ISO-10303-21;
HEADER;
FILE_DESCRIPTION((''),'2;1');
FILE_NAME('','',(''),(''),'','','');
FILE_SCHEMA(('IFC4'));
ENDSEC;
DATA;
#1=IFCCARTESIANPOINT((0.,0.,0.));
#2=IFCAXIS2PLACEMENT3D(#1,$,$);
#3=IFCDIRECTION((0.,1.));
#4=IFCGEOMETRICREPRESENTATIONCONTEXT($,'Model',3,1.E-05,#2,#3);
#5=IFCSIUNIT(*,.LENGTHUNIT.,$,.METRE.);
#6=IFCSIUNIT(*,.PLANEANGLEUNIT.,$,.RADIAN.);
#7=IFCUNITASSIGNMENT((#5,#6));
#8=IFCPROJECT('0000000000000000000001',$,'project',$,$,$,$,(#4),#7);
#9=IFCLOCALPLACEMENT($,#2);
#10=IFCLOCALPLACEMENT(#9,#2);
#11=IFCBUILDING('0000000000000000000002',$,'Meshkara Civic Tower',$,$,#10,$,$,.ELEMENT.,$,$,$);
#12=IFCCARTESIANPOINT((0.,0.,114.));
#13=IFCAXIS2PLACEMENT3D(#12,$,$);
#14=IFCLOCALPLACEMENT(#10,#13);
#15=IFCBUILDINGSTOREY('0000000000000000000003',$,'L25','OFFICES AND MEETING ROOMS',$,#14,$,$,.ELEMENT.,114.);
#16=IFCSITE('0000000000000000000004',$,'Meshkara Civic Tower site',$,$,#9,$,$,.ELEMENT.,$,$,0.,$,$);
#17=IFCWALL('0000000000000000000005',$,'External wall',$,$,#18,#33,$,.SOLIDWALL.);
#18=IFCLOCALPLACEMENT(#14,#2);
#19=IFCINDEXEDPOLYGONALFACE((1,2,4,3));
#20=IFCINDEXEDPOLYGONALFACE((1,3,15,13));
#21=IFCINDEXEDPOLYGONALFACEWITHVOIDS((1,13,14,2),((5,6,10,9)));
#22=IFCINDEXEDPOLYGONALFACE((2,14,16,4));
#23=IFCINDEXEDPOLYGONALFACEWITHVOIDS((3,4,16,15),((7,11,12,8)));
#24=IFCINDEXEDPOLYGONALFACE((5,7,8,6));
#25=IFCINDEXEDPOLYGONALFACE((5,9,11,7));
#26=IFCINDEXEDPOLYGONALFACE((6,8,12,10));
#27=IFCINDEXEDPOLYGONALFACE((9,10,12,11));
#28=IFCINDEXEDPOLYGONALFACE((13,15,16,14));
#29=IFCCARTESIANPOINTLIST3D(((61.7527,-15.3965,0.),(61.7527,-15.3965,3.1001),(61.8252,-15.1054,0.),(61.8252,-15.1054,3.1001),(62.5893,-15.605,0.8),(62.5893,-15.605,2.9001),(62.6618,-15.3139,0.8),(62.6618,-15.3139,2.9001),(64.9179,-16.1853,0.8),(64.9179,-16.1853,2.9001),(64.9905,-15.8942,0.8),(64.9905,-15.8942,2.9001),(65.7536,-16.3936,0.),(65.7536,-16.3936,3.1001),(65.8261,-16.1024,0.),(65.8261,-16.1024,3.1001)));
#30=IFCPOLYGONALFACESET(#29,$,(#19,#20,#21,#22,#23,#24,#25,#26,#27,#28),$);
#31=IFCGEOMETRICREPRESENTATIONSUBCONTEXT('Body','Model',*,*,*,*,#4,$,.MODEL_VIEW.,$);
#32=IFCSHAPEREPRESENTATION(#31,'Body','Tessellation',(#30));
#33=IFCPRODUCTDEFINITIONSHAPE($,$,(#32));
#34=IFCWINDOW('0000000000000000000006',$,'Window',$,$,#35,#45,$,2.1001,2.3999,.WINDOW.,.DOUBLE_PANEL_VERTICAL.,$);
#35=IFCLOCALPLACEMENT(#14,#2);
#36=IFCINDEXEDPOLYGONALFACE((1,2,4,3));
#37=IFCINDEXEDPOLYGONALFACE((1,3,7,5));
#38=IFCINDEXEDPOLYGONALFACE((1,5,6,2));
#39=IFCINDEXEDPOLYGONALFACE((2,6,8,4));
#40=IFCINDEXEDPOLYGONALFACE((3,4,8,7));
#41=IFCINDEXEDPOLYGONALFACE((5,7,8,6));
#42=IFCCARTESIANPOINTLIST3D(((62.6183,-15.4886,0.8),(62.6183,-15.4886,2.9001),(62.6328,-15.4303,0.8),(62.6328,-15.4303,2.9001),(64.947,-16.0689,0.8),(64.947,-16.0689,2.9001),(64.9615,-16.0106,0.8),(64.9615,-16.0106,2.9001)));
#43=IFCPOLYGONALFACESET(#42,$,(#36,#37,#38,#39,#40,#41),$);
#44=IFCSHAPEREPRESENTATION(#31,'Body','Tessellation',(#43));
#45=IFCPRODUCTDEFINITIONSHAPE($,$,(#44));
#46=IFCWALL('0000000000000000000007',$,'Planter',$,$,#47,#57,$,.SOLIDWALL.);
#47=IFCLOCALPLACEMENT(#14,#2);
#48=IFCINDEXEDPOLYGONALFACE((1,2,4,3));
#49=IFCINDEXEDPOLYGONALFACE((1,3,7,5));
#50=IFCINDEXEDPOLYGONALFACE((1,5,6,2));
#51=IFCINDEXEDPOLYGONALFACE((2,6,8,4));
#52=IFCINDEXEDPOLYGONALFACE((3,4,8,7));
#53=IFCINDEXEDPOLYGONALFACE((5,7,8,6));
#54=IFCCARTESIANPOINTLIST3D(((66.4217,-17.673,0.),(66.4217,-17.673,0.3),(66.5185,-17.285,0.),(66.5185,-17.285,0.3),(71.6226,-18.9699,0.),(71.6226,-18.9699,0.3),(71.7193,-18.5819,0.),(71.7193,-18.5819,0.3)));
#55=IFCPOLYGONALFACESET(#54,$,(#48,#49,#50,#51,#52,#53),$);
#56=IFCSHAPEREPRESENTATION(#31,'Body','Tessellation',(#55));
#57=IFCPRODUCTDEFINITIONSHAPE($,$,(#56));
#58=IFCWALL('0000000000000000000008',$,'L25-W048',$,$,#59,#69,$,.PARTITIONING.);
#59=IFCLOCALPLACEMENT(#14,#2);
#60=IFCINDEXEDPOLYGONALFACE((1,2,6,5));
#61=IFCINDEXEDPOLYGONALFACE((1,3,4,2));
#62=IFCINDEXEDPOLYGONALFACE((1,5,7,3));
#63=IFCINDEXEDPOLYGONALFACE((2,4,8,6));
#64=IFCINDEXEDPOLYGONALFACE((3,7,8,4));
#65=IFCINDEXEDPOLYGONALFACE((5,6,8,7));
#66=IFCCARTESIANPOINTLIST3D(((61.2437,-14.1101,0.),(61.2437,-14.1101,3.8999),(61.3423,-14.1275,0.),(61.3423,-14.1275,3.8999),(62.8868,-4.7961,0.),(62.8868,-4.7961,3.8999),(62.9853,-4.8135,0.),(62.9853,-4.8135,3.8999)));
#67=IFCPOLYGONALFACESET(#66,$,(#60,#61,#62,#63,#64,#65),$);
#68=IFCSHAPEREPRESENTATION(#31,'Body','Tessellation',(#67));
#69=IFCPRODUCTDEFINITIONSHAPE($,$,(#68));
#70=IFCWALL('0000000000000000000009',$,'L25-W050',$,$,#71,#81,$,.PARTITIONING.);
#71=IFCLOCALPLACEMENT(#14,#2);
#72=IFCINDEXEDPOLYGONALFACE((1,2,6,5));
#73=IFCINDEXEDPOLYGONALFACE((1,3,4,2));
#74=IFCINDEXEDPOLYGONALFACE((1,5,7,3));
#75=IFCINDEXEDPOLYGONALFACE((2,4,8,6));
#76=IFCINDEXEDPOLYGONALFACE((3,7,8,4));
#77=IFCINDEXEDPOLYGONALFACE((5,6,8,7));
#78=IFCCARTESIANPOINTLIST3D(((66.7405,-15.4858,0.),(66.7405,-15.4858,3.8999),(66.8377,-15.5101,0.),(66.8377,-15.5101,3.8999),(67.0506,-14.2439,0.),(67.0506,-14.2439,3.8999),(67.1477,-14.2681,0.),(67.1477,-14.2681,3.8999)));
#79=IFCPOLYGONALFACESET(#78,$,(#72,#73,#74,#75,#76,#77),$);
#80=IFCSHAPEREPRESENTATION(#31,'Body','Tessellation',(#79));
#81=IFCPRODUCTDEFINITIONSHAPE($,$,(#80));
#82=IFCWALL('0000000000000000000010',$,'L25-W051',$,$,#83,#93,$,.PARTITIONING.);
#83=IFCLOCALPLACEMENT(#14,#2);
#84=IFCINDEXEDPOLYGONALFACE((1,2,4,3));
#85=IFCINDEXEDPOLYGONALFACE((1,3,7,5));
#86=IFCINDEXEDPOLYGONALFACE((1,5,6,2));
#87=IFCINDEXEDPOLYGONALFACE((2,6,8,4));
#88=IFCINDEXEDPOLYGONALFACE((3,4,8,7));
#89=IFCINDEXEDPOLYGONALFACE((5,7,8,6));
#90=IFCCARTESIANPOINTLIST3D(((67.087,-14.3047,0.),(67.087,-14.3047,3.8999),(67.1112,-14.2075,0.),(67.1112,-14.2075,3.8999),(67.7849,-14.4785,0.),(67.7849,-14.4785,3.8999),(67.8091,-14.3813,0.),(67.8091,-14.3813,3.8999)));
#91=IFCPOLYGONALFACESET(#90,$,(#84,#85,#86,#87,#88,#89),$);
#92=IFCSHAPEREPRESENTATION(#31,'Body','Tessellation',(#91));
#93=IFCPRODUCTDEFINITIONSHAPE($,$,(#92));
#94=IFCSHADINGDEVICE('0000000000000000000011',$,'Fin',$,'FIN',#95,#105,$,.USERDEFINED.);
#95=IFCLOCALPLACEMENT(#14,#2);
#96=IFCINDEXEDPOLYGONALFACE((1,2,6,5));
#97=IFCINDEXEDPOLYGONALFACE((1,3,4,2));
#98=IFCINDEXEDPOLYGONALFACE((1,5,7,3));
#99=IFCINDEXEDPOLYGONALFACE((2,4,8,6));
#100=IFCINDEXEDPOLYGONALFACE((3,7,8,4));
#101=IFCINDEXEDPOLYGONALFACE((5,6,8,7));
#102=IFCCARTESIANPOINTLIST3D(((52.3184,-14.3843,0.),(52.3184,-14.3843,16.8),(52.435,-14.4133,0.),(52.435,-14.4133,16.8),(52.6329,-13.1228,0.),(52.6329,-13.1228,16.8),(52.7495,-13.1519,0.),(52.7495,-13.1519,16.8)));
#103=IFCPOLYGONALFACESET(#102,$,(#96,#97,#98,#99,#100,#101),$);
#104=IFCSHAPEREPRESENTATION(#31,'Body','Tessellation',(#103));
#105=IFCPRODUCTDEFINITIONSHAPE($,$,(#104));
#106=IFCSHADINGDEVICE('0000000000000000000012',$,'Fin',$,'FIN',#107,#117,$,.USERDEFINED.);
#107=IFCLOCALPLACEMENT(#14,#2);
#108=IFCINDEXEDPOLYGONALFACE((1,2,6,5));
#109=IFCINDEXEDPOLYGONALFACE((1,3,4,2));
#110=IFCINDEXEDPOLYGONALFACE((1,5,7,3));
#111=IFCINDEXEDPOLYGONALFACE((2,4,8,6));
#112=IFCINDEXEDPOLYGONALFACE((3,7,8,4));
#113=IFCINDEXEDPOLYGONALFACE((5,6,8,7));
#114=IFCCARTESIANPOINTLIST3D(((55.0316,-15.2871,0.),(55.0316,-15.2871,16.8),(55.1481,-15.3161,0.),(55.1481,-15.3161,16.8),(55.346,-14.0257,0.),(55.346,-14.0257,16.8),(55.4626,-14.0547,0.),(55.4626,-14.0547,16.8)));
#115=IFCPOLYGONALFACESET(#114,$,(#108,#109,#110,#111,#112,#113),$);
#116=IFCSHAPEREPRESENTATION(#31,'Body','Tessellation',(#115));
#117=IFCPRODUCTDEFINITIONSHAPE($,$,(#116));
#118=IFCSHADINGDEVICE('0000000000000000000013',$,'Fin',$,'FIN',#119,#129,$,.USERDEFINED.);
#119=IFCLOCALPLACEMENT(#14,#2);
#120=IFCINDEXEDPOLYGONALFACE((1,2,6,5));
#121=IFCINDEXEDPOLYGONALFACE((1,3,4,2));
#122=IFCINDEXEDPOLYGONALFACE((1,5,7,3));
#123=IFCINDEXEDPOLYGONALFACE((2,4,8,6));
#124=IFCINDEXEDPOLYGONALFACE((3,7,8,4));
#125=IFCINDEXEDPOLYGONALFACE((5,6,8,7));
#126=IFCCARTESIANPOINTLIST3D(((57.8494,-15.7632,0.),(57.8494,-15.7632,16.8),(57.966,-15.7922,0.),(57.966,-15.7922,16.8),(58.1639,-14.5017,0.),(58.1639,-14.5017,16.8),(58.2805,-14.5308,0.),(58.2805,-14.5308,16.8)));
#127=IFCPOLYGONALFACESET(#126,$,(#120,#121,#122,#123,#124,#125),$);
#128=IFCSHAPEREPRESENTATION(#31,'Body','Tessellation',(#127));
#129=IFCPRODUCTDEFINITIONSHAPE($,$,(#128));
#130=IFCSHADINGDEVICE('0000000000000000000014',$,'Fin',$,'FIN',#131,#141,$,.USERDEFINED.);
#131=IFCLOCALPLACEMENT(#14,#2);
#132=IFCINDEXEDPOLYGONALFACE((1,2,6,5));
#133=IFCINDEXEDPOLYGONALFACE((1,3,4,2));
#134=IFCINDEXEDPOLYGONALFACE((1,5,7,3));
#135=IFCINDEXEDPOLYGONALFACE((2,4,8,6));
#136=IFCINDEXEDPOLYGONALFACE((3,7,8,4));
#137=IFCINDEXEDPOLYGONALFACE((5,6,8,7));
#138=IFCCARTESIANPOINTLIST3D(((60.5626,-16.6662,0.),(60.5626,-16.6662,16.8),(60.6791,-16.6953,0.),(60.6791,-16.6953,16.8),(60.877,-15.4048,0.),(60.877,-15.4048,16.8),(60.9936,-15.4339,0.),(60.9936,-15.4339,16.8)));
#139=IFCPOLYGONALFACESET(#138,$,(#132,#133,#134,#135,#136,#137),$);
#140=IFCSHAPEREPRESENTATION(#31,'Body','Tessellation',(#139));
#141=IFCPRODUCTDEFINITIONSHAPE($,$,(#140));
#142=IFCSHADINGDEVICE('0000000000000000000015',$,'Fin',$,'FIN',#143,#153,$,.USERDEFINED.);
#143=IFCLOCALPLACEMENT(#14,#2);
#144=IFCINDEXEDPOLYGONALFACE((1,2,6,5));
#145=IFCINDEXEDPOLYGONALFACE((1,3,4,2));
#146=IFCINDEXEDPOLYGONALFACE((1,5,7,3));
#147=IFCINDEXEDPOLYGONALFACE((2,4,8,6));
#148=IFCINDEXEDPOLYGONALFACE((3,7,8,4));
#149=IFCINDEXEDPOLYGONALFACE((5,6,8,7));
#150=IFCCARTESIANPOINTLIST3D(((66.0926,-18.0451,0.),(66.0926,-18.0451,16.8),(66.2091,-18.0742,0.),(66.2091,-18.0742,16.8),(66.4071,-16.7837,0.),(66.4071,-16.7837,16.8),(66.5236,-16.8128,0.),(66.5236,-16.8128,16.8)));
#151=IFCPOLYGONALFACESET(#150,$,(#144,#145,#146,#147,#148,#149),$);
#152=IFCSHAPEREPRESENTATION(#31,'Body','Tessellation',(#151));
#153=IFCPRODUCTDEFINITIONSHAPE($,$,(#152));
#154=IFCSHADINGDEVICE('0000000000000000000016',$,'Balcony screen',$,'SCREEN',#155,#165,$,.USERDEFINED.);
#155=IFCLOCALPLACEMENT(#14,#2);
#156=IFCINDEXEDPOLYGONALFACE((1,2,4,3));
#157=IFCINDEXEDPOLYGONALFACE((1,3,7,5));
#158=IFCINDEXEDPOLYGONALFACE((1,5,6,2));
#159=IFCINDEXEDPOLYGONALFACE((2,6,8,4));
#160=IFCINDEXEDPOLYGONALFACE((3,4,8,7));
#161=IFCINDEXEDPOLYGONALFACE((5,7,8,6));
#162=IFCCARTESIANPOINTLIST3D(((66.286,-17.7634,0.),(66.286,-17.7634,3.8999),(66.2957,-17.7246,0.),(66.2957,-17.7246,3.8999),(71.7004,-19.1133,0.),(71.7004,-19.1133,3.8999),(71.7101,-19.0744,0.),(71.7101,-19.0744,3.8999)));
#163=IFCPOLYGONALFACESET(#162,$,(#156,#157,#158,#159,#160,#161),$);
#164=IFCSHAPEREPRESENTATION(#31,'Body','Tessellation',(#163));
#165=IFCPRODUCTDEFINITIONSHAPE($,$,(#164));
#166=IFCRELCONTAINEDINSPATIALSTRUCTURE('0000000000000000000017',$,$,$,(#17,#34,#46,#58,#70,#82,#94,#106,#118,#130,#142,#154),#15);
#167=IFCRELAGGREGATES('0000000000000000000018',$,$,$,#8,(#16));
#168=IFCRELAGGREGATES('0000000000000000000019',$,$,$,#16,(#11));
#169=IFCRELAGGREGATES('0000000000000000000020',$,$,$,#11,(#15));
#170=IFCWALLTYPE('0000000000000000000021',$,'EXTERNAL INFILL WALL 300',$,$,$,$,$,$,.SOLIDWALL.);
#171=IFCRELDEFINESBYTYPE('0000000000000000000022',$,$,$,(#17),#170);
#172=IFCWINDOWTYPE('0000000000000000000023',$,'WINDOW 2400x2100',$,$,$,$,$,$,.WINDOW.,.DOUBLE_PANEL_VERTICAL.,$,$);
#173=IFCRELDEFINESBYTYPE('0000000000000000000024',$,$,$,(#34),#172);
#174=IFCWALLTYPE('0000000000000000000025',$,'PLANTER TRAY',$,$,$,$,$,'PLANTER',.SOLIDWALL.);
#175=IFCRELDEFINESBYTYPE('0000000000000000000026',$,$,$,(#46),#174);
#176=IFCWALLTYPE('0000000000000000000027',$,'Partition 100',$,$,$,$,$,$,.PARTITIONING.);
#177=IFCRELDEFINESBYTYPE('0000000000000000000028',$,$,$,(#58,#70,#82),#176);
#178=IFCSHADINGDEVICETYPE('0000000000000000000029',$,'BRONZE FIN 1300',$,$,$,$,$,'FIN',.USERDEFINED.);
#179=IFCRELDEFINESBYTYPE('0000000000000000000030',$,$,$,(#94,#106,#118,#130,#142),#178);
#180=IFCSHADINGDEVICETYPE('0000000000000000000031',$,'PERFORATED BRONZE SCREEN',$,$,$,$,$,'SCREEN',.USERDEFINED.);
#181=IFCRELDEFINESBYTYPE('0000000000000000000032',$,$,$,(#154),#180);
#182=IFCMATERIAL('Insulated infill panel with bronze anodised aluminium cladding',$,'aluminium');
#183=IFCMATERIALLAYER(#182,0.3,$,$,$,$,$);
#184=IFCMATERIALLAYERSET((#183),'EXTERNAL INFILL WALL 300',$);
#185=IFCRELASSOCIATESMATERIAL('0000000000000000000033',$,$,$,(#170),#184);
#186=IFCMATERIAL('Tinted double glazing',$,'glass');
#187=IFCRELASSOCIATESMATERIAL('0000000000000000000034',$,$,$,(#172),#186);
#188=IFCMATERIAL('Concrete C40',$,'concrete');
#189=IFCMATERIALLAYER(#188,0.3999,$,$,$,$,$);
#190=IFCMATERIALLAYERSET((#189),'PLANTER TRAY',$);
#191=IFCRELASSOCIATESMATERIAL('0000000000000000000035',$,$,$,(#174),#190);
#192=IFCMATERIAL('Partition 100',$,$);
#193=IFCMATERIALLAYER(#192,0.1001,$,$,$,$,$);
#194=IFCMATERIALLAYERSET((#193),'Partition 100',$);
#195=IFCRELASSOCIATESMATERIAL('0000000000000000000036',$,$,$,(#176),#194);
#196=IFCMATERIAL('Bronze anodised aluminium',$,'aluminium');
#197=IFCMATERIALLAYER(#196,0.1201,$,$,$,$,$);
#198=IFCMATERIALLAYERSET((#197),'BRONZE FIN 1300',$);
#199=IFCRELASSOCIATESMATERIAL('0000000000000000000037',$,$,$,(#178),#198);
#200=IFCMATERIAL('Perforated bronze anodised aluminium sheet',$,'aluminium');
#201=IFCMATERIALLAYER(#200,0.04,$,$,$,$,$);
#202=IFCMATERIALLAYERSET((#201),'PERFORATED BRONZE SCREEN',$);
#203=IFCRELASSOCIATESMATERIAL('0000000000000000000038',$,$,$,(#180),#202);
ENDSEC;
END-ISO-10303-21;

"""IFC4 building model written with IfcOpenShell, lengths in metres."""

from ifc_helpers import new_model, si_unit, direction, frame, frame_2d, origin, origin_2d, place, context, subcontext, project, spatial, rectangle, extrude, material, layer, layer_set, type_object, element, fill, save


model = new_model("IFC4")

# Units and contexts
model_context = context("Model", 3, precision=1e-05, world=origin(), true_north=direction((0.0, 1.0)))
body_context = subcontext(model_context, "Body", "Model", "MODEL_VIEW")
ifc_project = project(units=[si_unit("LENGTHUNIT", "METRE"), si_unit("PLANEANGLEUNIT", "RADIAN")], contexts=[model_context])

# Site, building, storey
site_placement = place(None, origin())
site = spatial("IfcSite", under=ifc_project, at=site_placement, Name="Meshkara Civic Tower site", CompositionType="ELEMENT", RefElevation=0.0)
building_placement = place(site_placement, origin())
building = spatial("IfcBuilding", under=site, at=building_placement, Name="Meshkara Civic Tower", CompositionType="ELEMENT")
storey_placement = place(building_placement, frame((0.0, 0.0, 114.0)))
storey = spatial("IfcBuildingStorey", under=building, at=storey_placement, Name="L25", Description="OFFICES AND MEETING ROOMS", CompositionType="ELEMENT", Elevation=114.0)

# Wall, opening, window
ifc_material_1 = material(Name="Insulated infill panel with bronze anodised aluminium cladding", Category="aluminium")
ifc_layer_1 = layer(ifc_material_1, 0.3)
ifc_layer_set_1 = layer_set([ifc_layer_1], Name="EXTERNAL INFILL WALL 300")
wall_type_1 = type_object("IfcWallType", Name="EXTERNAL INFILL WALL 300", PredefinedType="SOLIDWALL", material=ifc_layer_set_1)
ifc_material_2 = material(Name="Tinted double glazing", Category="glass")
window_type = type_object("IfcWindowType", Name="WINDOW 2400x2100", PartitioningType="DOUBLE_PANEL_VERTICAL", PredefinedType="WINDOW", material=ifc_material_2)
wall_1_placement = place(storey_placement, frame((61.7891, -15.251, 0.0), z_axis=(0.0, 0.0, 1.0), x_axis=(0.970323, -0.241811, 0.0)))
wall_1 = element("IfcWall", 1, at=wall_1_placement, inside=storey, type_object=wall_type_1, Name="External wall", PredefinedType="SOLIDWALL", context=body_context, shape_type="SweptSolid", body=[
    extrude(rectangle(XDim=4.1233, YDim=0.3, at=frame_2d((2.0615, 0.0))), origin(), (0.0, 0.0, 1.0), 3.1001),
])
opening_1_placement = place(wall_1_placement, frame((0.8621, 0.0, 0.8)))
opening_1 = element("IfcOpeningElement", 2, at=opening_1_placement, cuts=wall_1, PredefinedType="OPENING", context=body_context, shape_type="SweptSolid", body=[
    extrude(rectangle(XDim=2.3999, YDim=2.1001, at=frame_2d((1.2, 1.05))), frame((0.0, 0.1599, 0.0), z_axis=(0.0, -1.0, 0.0), x_axis=(1.0, 0.0, 0.0)), (0.0, 0.0, 1.0), 0.3201),
])
window_1_placement = place(opening_1_placement, origin())
window_1 = element("IfcWindow", 3, at=window_1_placement, inside=storey, type_object=window_type, Name="Window", OverallHeight=2.1001, OverallWidth=2.3999, PartitioningType="DOUBLE_PANEL_VERTICAL", PredefinedType="WINDOW", context=body_context, shape_type="SweptSolid", body=[
    extrude(rectangle(XDim=2.3999, YDim=2.1001, at=frame_2d((1.2, 1.05))), frame((0.0, 0.03, 0.0), z_axis=(0.0, -1.0, 0.0), x_axis=(1.0, 0.0, 0.0)), (0.0, 0.0, 1.0), 0.0601),
])
fill(opening_1, window_1)

# Walls
ifc_material_3 = material(Name="Concrete C40", Category="concrete")
ifc_layer_2 = layer(ifc_material_3, 0.3999)
ifc_layer_set_2 = layer_set([ifc_layer_2], Name="PLANTER TRAY")
wall_type_2 = type_object("IfcWallType", Name="PLANTER TRAY", ElementType="PLANTER", PredefinedType="SOLIDWALL", material=ifc_layer_set_2)
wall_2_placement = place(storey_placement, frame((66.47, -17.479, 0.0), z_axis=(0.0, 0.0, 1.0), x_axis=(0.97029, -0.241946, 0.0)))
element("IfcWall", 4, at=wall_2_placement, inside=storey, type_object=wall_type_2, Name="Planter", PredefinedType="SOLIDWALL", context=body_context, shape_type="SweptSolid", body=[
    extrude(rectangle(XDim=5.3601, YDim=0.3999, at=frame_2d((2.6802, 0.0))), origin(), (0.0, 0.0, 1.0), 0.3),
])
ifc_material_4 = material(Name="Partition 100")
ifc_layer_3 = layer(ifc_material_4, 0.1001)
ifc_layer_set_3 = layer_set([ifc_layer_3], Name="Partition 100")
wall_type_3 = type_object("IfcWallType", Name="Partition 100", PredefinedType="PARTITIONING", material=ifc_layer_set_3)
wall_3_placement = place(storey_placement, frame((61.293, -14.1189, 0.0), z_axis=(0.0, 0.0, 1.0), x_axis=(0.173726, 0.984794, 0.0)))
element("IfcWall", 5, at=wall_3_placement, inside=storey, type_object=wall_type_3, Name="L25-W048", PredefinedType="PARTITIONING", context=body_context, shape_type="SweptSolid", body=[
    extrude(rectangle(XDim=9.4578, YDim=0.1001, at=frame_2d((4.729, 0.0))), origin(), (0.0, 0.0, 1.0), 3.8999),
])
wall_4_placement = place(storey_placement, frame((66.7891, -15.498, 0.0), z_axis=(0.0, 0.0, 1.0), x_axis=(0.242221, 0.970221, 0.0)))
element("IfcWall", 6, at=wall_4_placement, inside=storey, type_object=wall_type_3, Name="L25-W050", PredefinedType="PARTITIONING", context=body_context, shape_type="SweptSolid", body=[
    extrude(rectangle(XDim=1.28, YDim=0.1001, at=frame_2d((0.6401, 0.0))), origin(), (0.0, 0.0, 1.0), 3.8999),
])
wall_5_placement = place(storey_placement, frame((67.0991, -14.2561, 0.0), z_axis=(0.0, 0.0, 1.0), x_axis=(0.970362, -0.241657, 0.0)))
element("IfcWall", 7, at=wall_5_placement, inside=storey, type_object=wall_type_3, Name="L25-W051", PredefinedType="PARTITIONING", context=body_context, shape_type="SweptSolid", body=[
    extrude(rectangle(XDim=0.7192, YDim=0.1001, at=frame_2d((0.3596, 0.0))), origin(), (0.0, 0.0, 1.0), 3.8999),
])

# Shading devices
ifc_material_5 = material(Name="Bronze anodised aluminium", Category="aluminium")
ifc_layer_4 = layer(ifc_material_5, 0.1201)
ifc_layer_set_4 = layer_set([ifc_layer_4], Name="BRONZE FIN 1300")
shading_device_type_1 = type_object("IfcShadingDeviceType", Name="BRONZE FIN 1300", ElementType="FIN", PredefinedType="USERDEFINED", material=ifc_layer_set_4)
for number, where, z_axis, x_axis, name in (
    (8, (52.5339, -13.7681, 0.0), (0.0, 0.0, 1.0), (0.9703, -0.241905, 0.0), "Fin"),
    (9, (55.2471, -14.6709, 0.0), (0.0, 0.0, 1.0), (0.9703, -0.241905, 0.0), "Fin"),
    (10, (58.0649, -15.147, 0.0), (0.0, 0.0, 1.0), (0.9703, -0.241905, 0.0), "Fin"),
    (11, (60.7781, -16.05, 0.0), (0.0, 0.0, 1.0), (0.9703, -0.241905, 0.0), "Fin"),
    (12, (66.3081, -17.429, 0.0), (0.0, 0.0, 1.0), (0.9703, -0.241905, 0.0), "Fin"),
):
    element("IfcShadingDevice", number, at=place(storey_placement, frame(where, z_axis=z_axis, x_axis=x_axis)), inside=storey, type_object=shading_device_type_1, Name=name, ObjectType="FIN", PredefinedType="USERDEFINED", context=body_context, shape_type="SweptSolid", body=[
        extrude(rectangle(XDim=0.1201, YDim=1.3, at=origin_2d()), origin(), (0.0, 0.0, 1.0), 16.8),
    ])
ifc_material_6 = material(Name="Perforated bronze anodised aluminium sheet", Category="aluminium")
ifc_layer_5 = layer(ifc_material_6, 0.04)
ifc_layer_set_5 = layer_set([ifc_layer_5], Name="PERFORATED BRONZE SCREEN")
shading_device_type_2 = type_object("IfcShadingDeviceType", Name="PERFORATED BRONZE SCREEN", ElementType="SCREEN", PredefinedType="USERDEFINED", material=ifc_layer_set_5)
shading_device_placement = place(storey_placement, frame((68.998, -18.4189, 0.0), z_axis=(0.0, 0.0, 1.0), x_axis=(0.9703, -0.241905, 0.0)))
element("IfcShadingDevice", 13, at=shading_device_placement, inside=storey, type_object=shading_device_type_2, Name="Balcony screen", ObjectType="SCREEN", PredefinedType="USERDEFINED", context=body_context, shape_type="SweptSolid", body=[
    extrude(rectangle(XDim=5.5801, YDim=0.04, at=origin_2d()), origin(), (0.0, 0.0, 1.0), 3.8999),
])

save(model, "model.ifc")
